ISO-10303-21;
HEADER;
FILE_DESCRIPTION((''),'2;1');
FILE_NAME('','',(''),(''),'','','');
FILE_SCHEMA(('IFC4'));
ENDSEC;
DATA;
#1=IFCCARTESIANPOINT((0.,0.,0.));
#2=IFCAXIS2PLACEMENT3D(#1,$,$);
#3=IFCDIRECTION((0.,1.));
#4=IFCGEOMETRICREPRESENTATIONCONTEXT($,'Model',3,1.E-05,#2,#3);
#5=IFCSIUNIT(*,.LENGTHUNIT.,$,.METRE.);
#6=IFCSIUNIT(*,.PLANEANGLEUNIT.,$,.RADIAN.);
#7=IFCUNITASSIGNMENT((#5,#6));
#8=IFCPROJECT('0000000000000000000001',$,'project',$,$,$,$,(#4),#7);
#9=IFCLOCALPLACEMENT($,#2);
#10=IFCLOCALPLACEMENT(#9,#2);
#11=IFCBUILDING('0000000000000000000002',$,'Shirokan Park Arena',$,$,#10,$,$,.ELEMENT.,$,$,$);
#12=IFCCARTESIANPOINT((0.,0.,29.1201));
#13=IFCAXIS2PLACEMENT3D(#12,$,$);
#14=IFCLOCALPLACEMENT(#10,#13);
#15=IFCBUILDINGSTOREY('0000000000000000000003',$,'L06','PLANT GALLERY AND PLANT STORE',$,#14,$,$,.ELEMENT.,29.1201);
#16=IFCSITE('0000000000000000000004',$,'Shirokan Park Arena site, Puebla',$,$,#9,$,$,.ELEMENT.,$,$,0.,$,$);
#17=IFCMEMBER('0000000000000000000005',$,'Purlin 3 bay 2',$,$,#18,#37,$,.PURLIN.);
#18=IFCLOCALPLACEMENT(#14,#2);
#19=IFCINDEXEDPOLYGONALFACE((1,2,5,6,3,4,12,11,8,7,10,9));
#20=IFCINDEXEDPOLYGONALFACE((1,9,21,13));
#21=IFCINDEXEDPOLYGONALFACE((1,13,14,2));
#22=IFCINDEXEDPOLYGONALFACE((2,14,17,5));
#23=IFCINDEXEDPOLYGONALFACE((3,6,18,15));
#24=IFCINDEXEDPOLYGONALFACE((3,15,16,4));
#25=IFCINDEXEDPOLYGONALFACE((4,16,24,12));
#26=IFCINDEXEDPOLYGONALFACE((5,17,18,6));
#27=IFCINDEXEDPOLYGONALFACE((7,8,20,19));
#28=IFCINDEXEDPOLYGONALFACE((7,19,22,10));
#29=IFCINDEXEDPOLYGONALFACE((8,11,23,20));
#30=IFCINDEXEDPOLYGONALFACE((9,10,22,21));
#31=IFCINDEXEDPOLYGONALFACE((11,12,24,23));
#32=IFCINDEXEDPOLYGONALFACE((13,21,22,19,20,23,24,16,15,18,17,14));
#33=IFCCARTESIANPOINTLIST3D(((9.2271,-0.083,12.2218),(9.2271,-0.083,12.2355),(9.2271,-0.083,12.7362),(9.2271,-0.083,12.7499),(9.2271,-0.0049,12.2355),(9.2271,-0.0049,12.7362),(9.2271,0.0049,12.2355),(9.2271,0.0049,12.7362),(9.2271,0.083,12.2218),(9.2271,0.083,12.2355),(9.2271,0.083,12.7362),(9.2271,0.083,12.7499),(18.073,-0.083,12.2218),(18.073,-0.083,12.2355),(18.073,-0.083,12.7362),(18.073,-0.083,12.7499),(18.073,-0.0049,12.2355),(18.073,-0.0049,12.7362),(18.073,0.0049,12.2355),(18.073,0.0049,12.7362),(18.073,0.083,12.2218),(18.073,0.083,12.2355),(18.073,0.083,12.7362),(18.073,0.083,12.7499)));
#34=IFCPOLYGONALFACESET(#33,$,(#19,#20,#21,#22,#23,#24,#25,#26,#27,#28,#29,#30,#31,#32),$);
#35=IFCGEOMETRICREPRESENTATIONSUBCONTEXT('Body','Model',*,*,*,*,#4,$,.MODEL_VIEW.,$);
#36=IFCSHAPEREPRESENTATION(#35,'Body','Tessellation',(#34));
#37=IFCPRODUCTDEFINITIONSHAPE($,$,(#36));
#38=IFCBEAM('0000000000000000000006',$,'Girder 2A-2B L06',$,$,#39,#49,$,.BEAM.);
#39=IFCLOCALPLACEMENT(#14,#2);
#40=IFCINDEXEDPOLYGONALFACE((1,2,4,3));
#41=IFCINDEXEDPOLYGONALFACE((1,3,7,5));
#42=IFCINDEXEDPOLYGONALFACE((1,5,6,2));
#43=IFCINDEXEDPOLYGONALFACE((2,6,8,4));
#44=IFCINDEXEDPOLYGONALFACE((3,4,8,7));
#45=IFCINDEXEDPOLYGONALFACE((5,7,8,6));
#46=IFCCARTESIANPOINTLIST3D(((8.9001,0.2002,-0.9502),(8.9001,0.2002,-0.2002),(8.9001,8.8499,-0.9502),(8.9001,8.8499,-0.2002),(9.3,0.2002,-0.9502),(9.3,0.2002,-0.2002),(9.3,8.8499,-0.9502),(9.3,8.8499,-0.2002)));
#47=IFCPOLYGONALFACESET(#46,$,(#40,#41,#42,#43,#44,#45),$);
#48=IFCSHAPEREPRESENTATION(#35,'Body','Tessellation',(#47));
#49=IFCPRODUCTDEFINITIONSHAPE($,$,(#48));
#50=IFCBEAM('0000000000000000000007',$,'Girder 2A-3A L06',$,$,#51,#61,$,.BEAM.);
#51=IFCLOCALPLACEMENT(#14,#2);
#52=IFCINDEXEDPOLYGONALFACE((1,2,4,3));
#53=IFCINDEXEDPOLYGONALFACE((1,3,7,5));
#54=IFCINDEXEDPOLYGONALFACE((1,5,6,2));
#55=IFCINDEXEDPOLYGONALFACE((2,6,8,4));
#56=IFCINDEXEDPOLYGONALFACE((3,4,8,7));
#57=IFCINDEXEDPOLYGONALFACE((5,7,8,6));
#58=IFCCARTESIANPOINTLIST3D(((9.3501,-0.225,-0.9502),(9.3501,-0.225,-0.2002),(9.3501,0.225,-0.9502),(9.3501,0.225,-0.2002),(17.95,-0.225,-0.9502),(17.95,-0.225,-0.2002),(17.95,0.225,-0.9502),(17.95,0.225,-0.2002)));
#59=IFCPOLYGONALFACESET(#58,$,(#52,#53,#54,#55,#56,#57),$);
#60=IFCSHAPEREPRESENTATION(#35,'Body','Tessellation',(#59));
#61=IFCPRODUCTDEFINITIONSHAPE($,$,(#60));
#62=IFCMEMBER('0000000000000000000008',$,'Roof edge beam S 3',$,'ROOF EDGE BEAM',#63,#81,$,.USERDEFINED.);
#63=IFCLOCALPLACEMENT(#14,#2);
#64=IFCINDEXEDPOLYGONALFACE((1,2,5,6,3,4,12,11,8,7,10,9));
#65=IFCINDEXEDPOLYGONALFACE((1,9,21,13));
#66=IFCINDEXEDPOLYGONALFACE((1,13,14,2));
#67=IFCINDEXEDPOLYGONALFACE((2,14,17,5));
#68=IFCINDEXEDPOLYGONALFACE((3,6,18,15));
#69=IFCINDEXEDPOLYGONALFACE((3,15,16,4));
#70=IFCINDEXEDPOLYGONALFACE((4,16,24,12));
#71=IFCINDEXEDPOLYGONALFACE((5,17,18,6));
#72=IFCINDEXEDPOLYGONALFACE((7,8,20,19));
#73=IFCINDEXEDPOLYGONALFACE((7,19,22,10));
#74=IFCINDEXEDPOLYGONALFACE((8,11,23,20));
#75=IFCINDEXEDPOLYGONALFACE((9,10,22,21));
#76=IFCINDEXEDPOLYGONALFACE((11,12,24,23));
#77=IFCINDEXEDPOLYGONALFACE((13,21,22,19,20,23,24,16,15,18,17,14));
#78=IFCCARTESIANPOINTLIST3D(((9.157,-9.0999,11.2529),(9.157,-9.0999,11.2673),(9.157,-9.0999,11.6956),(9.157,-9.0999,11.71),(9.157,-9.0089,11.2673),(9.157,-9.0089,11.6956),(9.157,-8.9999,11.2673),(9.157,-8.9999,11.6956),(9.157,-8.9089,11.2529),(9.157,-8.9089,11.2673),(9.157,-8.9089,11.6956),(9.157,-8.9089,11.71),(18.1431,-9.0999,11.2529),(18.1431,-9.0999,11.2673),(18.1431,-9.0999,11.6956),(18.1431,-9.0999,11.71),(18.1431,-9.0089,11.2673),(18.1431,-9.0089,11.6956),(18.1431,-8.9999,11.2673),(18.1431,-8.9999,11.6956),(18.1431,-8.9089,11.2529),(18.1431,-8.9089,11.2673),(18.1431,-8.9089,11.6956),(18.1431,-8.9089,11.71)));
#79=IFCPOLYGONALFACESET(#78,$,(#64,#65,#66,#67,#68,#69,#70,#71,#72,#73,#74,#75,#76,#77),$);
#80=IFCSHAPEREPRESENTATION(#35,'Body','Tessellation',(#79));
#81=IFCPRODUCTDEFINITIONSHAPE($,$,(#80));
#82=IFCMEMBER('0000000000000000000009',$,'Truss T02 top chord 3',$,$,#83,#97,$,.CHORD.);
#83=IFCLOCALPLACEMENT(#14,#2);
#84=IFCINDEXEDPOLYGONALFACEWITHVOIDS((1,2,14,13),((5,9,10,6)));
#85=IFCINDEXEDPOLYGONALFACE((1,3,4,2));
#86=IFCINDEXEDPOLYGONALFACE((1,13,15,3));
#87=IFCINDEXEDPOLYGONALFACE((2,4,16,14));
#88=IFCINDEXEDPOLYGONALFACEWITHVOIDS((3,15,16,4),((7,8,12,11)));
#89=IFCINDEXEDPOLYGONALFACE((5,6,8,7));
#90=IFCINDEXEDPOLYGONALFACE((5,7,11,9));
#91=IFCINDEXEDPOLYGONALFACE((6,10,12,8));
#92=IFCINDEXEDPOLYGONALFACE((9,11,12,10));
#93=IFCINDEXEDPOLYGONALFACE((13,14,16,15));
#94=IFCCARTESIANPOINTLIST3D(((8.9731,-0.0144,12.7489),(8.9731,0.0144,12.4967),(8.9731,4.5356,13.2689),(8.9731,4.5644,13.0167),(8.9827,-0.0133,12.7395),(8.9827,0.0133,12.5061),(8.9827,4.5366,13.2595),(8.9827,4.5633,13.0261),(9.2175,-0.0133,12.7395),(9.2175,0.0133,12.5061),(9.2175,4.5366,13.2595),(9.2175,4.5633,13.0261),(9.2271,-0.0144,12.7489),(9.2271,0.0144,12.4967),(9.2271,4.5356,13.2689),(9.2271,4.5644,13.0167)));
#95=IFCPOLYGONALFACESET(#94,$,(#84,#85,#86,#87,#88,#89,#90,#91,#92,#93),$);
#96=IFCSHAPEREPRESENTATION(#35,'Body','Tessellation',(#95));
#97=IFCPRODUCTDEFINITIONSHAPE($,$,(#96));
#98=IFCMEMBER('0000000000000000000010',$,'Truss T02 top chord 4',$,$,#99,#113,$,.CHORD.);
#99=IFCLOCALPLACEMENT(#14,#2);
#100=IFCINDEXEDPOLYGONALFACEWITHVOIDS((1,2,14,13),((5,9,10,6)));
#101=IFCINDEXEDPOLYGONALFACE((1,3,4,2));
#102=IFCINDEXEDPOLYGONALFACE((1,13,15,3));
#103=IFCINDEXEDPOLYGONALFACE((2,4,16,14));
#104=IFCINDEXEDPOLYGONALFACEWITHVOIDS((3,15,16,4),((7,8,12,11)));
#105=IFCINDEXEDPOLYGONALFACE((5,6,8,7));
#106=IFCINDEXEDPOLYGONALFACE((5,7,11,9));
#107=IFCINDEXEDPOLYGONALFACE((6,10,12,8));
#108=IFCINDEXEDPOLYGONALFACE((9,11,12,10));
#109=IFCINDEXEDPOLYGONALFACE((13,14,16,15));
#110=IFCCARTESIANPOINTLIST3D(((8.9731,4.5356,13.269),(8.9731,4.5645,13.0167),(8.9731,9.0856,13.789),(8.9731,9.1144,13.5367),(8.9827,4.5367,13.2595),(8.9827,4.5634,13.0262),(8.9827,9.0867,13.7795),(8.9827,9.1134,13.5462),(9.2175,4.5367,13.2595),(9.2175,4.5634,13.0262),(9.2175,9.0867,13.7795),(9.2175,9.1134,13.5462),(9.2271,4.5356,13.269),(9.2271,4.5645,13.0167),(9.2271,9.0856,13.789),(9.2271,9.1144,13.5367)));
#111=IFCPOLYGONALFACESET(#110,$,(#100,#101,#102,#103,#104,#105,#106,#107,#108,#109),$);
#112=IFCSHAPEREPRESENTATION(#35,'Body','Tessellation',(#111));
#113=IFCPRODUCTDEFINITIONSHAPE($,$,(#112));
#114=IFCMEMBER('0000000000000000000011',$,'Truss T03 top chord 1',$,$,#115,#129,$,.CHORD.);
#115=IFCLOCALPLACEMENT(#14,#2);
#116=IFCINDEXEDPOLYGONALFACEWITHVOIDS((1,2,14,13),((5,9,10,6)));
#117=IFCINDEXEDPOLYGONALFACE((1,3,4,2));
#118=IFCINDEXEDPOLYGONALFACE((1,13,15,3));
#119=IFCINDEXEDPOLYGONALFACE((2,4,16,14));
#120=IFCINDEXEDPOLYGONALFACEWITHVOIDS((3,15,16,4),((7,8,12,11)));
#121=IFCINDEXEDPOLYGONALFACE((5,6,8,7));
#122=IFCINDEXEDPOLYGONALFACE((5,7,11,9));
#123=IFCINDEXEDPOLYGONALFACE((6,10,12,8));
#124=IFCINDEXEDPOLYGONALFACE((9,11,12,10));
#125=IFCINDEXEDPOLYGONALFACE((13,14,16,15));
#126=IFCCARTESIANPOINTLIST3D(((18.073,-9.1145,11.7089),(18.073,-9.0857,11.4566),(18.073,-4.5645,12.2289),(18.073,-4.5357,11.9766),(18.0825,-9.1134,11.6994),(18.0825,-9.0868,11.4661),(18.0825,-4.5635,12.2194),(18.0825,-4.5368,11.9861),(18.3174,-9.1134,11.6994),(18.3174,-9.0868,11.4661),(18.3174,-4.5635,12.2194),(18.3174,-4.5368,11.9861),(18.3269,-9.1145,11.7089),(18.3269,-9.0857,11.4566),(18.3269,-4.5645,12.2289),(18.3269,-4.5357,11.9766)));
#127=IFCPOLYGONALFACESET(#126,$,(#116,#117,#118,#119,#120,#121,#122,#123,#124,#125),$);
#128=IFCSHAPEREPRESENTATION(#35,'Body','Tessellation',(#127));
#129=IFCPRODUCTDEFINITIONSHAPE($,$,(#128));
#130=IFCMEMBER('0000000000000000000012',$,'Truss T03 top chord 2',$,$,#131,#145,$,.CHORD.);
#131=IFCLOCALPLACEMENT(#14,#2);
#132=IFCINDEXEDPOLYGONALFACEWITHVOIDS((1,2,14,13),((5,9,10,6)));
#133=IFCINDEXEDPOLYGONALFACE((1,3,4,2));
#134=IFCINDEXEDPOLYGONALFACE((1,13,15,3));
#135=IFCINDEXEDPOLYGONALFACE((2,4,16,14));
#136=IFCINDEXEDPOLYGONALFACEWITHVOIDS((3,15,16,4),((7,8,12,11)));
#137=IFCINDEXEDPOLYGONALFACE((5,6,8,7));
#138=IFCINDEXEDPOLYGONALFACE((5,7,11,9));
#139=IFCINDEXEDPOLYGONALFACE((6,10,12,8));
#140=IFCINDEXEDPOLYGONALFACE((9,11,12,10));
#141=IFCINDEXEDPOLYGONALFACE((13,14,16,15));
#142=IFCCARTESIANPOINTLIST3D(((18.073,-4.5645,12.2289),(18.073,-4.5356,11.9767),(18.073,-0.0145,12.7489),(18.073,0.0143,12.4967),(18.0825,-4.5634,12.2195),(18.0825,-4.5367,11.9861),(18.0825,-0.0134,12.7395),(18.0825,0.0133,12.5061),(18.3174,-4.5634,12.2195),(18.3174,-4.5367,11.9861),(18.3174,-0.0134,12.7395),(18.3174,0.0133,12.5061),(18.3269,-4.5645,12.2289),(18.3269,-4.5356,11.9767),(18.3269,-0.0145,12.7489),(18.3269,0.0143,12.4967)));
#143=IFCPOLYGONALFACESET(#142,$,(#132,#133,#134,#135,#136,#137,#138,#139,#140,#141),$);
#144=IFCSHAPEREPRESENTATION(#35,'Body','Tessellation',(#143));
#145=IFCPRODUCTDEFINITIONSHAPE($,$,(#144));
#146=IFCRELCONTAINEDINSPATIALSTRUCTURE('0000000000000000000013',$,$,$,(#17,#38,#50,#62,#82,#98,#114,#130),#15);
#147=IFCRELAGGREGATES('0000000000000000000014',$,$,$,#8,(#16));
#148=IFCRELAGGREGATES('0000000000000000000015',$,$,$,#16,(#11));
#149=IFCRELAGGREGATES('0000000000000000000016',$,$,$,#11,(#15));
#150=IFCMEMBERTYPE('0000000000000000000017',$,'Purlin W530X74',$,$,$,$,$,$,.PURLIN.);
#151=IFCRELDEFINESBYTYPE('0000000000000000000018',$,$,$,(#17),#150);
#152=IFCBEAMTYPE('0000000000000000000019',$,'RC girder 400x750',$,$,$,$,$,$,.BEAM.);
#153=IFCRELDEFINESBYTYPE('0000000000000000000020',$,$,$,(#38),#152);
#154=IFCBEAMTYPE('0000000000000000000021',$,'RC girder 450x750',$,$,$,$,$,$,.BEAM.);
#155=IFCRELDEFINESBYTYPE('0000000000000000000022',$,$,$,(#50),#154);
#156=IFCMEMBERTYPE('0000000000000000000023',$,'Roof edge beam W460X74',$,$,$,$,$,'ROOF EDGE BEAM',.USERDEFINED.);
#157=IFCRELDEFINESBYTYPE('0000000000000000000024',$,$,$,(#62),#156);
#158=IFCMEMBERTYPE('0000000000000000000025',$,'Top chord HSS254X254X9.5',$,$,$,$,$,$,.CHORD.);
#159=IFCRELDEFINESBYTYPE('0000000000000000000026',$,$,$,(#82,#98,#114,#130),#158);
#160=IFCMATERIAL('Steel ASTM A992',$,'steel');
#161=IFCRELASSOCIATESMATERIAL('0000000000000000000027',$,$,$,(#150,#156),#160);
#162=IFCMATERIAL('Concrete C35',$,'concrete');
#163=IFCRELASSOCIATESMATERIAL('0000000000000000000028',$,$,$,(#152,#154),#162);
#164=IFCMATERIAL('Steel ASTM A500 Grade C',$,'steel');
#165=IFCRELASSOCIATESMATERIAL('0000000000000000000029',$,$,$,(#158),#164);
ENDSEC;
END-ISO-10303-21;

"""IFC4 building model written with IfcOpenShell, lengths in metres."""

from ifc_helpers import new_model, si_unit, direction, frame, origin, origin_2d, place, context, subcontext, project, spatial, rectangle, hollow_rectangle, i_section, extrude, material, material_profile, profile_set, type_object, element, save


model = new_model("IFC4")

# Units and contexts
model_context = context("Model", 3, precision=1e-05, world=origin(), true_north=direction((0.0, 1.0)))
body_context = subcontext(model_context, "Body", "Model", "MODEL_VIEW")
ifc_project = project(units=[si_unit("LENGTHUNIT", "METRE"), si_unit("PLANEANGLEUNIT", "RADIAN")], contexts=[model_context])

# Site, building, storey
site_placement = place(None, origin())
site = spatial("IfcSite", under=ifc_project, at=site_placement, Name="Shirokan Park Arena site, Puebla", CompositionType="ELEMENT", RefElevation=0.0)
building_placement = place(site_placement, origin())
building = spatial("IfcBuilding", under=site, at=building_placement, Name="Shirokan Park Arena", CompositionType="ELEMENT")
storey_placement = place(building_placement, frame((0.0, 0.0, 29.1201)))
storey = spatial("IfcBuildingStorey", under=building, at=storey_placement, Name="L06", Description="PLANT GALLERY AND PLANT STORE", CompositionType="ELEMENT", Elevation=29.1201)

# Shared definitions
ifc_material_1 = material(Name="Concrete C35", Category="concrete")

# Member
ifc_material_2 = material(Name="Steel ASTM A500 Grade C", Category="steel")
ifc_material_3 = material(Name="Steel ASTM A992", Category="steel")
ifc_material_profile_1 = material_profile(ifc_material_3, i_section(OverallWidth=0.166, OverallDepth=0.5281, WebThickness=0.0098, FlangeThickness=0.0137, at=origin_2d()), Name="W530X74")
ifc_profile_set_1 = profile_set([ifc_material_profile_1], Name="Steel ASTM A992")
member_type_1 = type_object("IfcMemberType", Name="Purlin W530X74", PredefinedType="PURLIN", material=ifc_profile_set_1)
for number, where, z_axis, x_axis, name in (
    (1, (9.2271, 0.0, 12.4858), (1.0, 0.0, 0.0), (0.0, 1.0, 0.0), "Purlin 3 bay 2"),
):
    element("IfcMember", number, at=place(storey_placement, frame(where, z_axis=z_axis, x_axis=x_axis)), inside=storey, type_object=member_type_1, Name=name, PredefinedType="PURLIN", context=body_context, shape_type="SweptSolid", body=[
        extrude(i_section(OverallWidth=0.166, OverallDepth=0.5281, WebThickness=0.0098, FlangeThickness=0.0137, at=origin_2d()), origin(), (0.0, 0.0, 1.0), 8.8459),
    ])

# Beams
ifc_material_profile_2 = material_profile(ifc_material_1, rectangle(XDim=0.3999, YDim=0.75, at=origin_2d()), Name="400x750")
ifc_profile_set_2 = profile_set([ifc_material_profile_2], Name="Concrete C35")
beam_type_1 = type_object("IfcBeamType", Name="RC girder 400x750", PredefinedType="BEAM", material=ifc_profile_set_2)
beam_1_placement = place(storey_placement, frame((9.1001, 0.2002, -0.5752), z_axis=(0.0, 1.0, 0.0), x_axis=(-1.0, 0.0, 0.0)))
element("IfcBeam", 2, at=beam_1_placement, inside=storey, type_object=beam_type_1, Name="Girder 2A-2B L06", PredefinedType="BEAM", context=body_context, shape_type="SweptSolid", body=[
    extrude(rectangle(XDim=0.3999, YDim=0.75, at=origin_2d()), origin(), (0.0, 0.0, 1.0), 8.6497),
])
ifc_material_profile_3 = material_profile(ifc_material_1, rectangle(XDim=0.45, YDim=0.75, at=origin_2d()), Name="450x750")
ifc_profile_set_3 = profile_set([ifc_material_profile_3], Name="Concrete C35")
beam_type_2 = type_object("IfcBeamType", Name="RC girder 450x750", PredefinedType="BEAM", material=ifc_profile_set_3)
beam_2_placement = place(storey_placement, frame((9.3501, 0.0, -0.5752), z_axis=(1.0, 0.0, 0.0), x_axis=(0.0, 1.0, 0.0)))
element("IfcBeam", 3, at=beam_2_placement, inside=storey, type_object=beam_type_2, Name="Girder 2A-3A L06", PredefinedType="BEAM", context=body_context, shape_type="SweptSolid", body=[
    extrude(rectangle(XDim=0.45, YDim=0.75, at=origin_2d()), origin(), (0.0, 0.0, 1.0), 8.5999),
])

# Members
ifc_material_profile_4 = material_profile(ifc_material_3, i_section(OverallWidth=0.1909, OverallDepth=0.457, WebThickness=0.009, FlangeThickness=0.0144, at=origin_2d()), Name="W460X74")
ifc_profile_set_4 = profile_set([ifc_material_profile_4], Name="Steel ASTM A992")
member_type_2 = type_object("IfcMemberType", Name="Roof edge beam W460X74", ElementType="ROOF EDGE BEAM", PredefinedType="USERDEFINED", material=ifc_profile_set_4)
member_1_placement = place(storey_placement, frame((9.157, -9.0044, 11.4814), z_axis=(1.0, 0.0, 0.0), x_axis=(0.0, 1.0, 0.0)))
element("IfcMember", 4, at=member_1_placement, inside=storey, type_object=member_type_2, Name="Roof edge beam S 3", ObjectType="ROOF EDGE BEAM", PredefinedType="USERDEFINED", context=body_context, shape_type="SweptSolid", body=[
    extrude(i_section(OverallWidth=0.1909, OverallDepth=0.457, WebThickness=0.009, FlangeThickness=0.0144, at=origin_2d()), origin(), (0.0, 0.0, 1.0), 8.9861),
])
ifc_material_profile_5 = material_profile(ifc_material_2, hollow_rectangle(XDim=0.2539, YDim=0.2539, WallThickness=0.0095, at=origin_2d()), Name="HSS254X254X9.5")
ifc_profile_set_5 = profile_set([ifc_material_profile_5], Name="Steel ASTM A500 Grade C")
member_type_3 = type_object("IfcMemberType", Name="Top chord HSS254X254X9.5", PredefinedType="CHORD", material=ifc_profile_set_5)
for number, where, z_axis, x_axis, name in (
    (5, (9.1001, 0.0, 12.6228), (0.0, 0.993532, 0.11355), (-1.0, 0.0, 0.0), "Truss T02 top chord 3"),
    (6, (9.1001, 4.55, 13.1428), (0.0, 0.993532, 0.11355), (-1.0, 0.0, 0.0), "Truss T02 top chord 4"),
    (7, (18.2, -9.1001, 11.5828), (0.0, 0.993532, 0.11355), (-1.0, 0.0, 0.0), "Truss T03 top chord 1"),
    (8, (18.2, -4.55, 12.1028), (0.0, 0.993532, 0.11355), (-1.0, 0.0, 0.0), "Truss T03 top chord 2"),
):
    element("IfcMember", number, at=place(storey_placement, frame(where, z_axis=z_axis, x_axis=x_axis)), inside=storey, type_object=member_type_3, Name=name, PredefinedType="CHORD", context=body_context, shape_type="SweptSolid", body=[
        extrude(hollow_rectangle(XDim=0.2539, YDim=0.2539, WallThickness=0.0095, at=origin_2d()), origin(), (0.0, 0.0, 1.0), 4.5796),
    ])

save(model, "model.ifc")
